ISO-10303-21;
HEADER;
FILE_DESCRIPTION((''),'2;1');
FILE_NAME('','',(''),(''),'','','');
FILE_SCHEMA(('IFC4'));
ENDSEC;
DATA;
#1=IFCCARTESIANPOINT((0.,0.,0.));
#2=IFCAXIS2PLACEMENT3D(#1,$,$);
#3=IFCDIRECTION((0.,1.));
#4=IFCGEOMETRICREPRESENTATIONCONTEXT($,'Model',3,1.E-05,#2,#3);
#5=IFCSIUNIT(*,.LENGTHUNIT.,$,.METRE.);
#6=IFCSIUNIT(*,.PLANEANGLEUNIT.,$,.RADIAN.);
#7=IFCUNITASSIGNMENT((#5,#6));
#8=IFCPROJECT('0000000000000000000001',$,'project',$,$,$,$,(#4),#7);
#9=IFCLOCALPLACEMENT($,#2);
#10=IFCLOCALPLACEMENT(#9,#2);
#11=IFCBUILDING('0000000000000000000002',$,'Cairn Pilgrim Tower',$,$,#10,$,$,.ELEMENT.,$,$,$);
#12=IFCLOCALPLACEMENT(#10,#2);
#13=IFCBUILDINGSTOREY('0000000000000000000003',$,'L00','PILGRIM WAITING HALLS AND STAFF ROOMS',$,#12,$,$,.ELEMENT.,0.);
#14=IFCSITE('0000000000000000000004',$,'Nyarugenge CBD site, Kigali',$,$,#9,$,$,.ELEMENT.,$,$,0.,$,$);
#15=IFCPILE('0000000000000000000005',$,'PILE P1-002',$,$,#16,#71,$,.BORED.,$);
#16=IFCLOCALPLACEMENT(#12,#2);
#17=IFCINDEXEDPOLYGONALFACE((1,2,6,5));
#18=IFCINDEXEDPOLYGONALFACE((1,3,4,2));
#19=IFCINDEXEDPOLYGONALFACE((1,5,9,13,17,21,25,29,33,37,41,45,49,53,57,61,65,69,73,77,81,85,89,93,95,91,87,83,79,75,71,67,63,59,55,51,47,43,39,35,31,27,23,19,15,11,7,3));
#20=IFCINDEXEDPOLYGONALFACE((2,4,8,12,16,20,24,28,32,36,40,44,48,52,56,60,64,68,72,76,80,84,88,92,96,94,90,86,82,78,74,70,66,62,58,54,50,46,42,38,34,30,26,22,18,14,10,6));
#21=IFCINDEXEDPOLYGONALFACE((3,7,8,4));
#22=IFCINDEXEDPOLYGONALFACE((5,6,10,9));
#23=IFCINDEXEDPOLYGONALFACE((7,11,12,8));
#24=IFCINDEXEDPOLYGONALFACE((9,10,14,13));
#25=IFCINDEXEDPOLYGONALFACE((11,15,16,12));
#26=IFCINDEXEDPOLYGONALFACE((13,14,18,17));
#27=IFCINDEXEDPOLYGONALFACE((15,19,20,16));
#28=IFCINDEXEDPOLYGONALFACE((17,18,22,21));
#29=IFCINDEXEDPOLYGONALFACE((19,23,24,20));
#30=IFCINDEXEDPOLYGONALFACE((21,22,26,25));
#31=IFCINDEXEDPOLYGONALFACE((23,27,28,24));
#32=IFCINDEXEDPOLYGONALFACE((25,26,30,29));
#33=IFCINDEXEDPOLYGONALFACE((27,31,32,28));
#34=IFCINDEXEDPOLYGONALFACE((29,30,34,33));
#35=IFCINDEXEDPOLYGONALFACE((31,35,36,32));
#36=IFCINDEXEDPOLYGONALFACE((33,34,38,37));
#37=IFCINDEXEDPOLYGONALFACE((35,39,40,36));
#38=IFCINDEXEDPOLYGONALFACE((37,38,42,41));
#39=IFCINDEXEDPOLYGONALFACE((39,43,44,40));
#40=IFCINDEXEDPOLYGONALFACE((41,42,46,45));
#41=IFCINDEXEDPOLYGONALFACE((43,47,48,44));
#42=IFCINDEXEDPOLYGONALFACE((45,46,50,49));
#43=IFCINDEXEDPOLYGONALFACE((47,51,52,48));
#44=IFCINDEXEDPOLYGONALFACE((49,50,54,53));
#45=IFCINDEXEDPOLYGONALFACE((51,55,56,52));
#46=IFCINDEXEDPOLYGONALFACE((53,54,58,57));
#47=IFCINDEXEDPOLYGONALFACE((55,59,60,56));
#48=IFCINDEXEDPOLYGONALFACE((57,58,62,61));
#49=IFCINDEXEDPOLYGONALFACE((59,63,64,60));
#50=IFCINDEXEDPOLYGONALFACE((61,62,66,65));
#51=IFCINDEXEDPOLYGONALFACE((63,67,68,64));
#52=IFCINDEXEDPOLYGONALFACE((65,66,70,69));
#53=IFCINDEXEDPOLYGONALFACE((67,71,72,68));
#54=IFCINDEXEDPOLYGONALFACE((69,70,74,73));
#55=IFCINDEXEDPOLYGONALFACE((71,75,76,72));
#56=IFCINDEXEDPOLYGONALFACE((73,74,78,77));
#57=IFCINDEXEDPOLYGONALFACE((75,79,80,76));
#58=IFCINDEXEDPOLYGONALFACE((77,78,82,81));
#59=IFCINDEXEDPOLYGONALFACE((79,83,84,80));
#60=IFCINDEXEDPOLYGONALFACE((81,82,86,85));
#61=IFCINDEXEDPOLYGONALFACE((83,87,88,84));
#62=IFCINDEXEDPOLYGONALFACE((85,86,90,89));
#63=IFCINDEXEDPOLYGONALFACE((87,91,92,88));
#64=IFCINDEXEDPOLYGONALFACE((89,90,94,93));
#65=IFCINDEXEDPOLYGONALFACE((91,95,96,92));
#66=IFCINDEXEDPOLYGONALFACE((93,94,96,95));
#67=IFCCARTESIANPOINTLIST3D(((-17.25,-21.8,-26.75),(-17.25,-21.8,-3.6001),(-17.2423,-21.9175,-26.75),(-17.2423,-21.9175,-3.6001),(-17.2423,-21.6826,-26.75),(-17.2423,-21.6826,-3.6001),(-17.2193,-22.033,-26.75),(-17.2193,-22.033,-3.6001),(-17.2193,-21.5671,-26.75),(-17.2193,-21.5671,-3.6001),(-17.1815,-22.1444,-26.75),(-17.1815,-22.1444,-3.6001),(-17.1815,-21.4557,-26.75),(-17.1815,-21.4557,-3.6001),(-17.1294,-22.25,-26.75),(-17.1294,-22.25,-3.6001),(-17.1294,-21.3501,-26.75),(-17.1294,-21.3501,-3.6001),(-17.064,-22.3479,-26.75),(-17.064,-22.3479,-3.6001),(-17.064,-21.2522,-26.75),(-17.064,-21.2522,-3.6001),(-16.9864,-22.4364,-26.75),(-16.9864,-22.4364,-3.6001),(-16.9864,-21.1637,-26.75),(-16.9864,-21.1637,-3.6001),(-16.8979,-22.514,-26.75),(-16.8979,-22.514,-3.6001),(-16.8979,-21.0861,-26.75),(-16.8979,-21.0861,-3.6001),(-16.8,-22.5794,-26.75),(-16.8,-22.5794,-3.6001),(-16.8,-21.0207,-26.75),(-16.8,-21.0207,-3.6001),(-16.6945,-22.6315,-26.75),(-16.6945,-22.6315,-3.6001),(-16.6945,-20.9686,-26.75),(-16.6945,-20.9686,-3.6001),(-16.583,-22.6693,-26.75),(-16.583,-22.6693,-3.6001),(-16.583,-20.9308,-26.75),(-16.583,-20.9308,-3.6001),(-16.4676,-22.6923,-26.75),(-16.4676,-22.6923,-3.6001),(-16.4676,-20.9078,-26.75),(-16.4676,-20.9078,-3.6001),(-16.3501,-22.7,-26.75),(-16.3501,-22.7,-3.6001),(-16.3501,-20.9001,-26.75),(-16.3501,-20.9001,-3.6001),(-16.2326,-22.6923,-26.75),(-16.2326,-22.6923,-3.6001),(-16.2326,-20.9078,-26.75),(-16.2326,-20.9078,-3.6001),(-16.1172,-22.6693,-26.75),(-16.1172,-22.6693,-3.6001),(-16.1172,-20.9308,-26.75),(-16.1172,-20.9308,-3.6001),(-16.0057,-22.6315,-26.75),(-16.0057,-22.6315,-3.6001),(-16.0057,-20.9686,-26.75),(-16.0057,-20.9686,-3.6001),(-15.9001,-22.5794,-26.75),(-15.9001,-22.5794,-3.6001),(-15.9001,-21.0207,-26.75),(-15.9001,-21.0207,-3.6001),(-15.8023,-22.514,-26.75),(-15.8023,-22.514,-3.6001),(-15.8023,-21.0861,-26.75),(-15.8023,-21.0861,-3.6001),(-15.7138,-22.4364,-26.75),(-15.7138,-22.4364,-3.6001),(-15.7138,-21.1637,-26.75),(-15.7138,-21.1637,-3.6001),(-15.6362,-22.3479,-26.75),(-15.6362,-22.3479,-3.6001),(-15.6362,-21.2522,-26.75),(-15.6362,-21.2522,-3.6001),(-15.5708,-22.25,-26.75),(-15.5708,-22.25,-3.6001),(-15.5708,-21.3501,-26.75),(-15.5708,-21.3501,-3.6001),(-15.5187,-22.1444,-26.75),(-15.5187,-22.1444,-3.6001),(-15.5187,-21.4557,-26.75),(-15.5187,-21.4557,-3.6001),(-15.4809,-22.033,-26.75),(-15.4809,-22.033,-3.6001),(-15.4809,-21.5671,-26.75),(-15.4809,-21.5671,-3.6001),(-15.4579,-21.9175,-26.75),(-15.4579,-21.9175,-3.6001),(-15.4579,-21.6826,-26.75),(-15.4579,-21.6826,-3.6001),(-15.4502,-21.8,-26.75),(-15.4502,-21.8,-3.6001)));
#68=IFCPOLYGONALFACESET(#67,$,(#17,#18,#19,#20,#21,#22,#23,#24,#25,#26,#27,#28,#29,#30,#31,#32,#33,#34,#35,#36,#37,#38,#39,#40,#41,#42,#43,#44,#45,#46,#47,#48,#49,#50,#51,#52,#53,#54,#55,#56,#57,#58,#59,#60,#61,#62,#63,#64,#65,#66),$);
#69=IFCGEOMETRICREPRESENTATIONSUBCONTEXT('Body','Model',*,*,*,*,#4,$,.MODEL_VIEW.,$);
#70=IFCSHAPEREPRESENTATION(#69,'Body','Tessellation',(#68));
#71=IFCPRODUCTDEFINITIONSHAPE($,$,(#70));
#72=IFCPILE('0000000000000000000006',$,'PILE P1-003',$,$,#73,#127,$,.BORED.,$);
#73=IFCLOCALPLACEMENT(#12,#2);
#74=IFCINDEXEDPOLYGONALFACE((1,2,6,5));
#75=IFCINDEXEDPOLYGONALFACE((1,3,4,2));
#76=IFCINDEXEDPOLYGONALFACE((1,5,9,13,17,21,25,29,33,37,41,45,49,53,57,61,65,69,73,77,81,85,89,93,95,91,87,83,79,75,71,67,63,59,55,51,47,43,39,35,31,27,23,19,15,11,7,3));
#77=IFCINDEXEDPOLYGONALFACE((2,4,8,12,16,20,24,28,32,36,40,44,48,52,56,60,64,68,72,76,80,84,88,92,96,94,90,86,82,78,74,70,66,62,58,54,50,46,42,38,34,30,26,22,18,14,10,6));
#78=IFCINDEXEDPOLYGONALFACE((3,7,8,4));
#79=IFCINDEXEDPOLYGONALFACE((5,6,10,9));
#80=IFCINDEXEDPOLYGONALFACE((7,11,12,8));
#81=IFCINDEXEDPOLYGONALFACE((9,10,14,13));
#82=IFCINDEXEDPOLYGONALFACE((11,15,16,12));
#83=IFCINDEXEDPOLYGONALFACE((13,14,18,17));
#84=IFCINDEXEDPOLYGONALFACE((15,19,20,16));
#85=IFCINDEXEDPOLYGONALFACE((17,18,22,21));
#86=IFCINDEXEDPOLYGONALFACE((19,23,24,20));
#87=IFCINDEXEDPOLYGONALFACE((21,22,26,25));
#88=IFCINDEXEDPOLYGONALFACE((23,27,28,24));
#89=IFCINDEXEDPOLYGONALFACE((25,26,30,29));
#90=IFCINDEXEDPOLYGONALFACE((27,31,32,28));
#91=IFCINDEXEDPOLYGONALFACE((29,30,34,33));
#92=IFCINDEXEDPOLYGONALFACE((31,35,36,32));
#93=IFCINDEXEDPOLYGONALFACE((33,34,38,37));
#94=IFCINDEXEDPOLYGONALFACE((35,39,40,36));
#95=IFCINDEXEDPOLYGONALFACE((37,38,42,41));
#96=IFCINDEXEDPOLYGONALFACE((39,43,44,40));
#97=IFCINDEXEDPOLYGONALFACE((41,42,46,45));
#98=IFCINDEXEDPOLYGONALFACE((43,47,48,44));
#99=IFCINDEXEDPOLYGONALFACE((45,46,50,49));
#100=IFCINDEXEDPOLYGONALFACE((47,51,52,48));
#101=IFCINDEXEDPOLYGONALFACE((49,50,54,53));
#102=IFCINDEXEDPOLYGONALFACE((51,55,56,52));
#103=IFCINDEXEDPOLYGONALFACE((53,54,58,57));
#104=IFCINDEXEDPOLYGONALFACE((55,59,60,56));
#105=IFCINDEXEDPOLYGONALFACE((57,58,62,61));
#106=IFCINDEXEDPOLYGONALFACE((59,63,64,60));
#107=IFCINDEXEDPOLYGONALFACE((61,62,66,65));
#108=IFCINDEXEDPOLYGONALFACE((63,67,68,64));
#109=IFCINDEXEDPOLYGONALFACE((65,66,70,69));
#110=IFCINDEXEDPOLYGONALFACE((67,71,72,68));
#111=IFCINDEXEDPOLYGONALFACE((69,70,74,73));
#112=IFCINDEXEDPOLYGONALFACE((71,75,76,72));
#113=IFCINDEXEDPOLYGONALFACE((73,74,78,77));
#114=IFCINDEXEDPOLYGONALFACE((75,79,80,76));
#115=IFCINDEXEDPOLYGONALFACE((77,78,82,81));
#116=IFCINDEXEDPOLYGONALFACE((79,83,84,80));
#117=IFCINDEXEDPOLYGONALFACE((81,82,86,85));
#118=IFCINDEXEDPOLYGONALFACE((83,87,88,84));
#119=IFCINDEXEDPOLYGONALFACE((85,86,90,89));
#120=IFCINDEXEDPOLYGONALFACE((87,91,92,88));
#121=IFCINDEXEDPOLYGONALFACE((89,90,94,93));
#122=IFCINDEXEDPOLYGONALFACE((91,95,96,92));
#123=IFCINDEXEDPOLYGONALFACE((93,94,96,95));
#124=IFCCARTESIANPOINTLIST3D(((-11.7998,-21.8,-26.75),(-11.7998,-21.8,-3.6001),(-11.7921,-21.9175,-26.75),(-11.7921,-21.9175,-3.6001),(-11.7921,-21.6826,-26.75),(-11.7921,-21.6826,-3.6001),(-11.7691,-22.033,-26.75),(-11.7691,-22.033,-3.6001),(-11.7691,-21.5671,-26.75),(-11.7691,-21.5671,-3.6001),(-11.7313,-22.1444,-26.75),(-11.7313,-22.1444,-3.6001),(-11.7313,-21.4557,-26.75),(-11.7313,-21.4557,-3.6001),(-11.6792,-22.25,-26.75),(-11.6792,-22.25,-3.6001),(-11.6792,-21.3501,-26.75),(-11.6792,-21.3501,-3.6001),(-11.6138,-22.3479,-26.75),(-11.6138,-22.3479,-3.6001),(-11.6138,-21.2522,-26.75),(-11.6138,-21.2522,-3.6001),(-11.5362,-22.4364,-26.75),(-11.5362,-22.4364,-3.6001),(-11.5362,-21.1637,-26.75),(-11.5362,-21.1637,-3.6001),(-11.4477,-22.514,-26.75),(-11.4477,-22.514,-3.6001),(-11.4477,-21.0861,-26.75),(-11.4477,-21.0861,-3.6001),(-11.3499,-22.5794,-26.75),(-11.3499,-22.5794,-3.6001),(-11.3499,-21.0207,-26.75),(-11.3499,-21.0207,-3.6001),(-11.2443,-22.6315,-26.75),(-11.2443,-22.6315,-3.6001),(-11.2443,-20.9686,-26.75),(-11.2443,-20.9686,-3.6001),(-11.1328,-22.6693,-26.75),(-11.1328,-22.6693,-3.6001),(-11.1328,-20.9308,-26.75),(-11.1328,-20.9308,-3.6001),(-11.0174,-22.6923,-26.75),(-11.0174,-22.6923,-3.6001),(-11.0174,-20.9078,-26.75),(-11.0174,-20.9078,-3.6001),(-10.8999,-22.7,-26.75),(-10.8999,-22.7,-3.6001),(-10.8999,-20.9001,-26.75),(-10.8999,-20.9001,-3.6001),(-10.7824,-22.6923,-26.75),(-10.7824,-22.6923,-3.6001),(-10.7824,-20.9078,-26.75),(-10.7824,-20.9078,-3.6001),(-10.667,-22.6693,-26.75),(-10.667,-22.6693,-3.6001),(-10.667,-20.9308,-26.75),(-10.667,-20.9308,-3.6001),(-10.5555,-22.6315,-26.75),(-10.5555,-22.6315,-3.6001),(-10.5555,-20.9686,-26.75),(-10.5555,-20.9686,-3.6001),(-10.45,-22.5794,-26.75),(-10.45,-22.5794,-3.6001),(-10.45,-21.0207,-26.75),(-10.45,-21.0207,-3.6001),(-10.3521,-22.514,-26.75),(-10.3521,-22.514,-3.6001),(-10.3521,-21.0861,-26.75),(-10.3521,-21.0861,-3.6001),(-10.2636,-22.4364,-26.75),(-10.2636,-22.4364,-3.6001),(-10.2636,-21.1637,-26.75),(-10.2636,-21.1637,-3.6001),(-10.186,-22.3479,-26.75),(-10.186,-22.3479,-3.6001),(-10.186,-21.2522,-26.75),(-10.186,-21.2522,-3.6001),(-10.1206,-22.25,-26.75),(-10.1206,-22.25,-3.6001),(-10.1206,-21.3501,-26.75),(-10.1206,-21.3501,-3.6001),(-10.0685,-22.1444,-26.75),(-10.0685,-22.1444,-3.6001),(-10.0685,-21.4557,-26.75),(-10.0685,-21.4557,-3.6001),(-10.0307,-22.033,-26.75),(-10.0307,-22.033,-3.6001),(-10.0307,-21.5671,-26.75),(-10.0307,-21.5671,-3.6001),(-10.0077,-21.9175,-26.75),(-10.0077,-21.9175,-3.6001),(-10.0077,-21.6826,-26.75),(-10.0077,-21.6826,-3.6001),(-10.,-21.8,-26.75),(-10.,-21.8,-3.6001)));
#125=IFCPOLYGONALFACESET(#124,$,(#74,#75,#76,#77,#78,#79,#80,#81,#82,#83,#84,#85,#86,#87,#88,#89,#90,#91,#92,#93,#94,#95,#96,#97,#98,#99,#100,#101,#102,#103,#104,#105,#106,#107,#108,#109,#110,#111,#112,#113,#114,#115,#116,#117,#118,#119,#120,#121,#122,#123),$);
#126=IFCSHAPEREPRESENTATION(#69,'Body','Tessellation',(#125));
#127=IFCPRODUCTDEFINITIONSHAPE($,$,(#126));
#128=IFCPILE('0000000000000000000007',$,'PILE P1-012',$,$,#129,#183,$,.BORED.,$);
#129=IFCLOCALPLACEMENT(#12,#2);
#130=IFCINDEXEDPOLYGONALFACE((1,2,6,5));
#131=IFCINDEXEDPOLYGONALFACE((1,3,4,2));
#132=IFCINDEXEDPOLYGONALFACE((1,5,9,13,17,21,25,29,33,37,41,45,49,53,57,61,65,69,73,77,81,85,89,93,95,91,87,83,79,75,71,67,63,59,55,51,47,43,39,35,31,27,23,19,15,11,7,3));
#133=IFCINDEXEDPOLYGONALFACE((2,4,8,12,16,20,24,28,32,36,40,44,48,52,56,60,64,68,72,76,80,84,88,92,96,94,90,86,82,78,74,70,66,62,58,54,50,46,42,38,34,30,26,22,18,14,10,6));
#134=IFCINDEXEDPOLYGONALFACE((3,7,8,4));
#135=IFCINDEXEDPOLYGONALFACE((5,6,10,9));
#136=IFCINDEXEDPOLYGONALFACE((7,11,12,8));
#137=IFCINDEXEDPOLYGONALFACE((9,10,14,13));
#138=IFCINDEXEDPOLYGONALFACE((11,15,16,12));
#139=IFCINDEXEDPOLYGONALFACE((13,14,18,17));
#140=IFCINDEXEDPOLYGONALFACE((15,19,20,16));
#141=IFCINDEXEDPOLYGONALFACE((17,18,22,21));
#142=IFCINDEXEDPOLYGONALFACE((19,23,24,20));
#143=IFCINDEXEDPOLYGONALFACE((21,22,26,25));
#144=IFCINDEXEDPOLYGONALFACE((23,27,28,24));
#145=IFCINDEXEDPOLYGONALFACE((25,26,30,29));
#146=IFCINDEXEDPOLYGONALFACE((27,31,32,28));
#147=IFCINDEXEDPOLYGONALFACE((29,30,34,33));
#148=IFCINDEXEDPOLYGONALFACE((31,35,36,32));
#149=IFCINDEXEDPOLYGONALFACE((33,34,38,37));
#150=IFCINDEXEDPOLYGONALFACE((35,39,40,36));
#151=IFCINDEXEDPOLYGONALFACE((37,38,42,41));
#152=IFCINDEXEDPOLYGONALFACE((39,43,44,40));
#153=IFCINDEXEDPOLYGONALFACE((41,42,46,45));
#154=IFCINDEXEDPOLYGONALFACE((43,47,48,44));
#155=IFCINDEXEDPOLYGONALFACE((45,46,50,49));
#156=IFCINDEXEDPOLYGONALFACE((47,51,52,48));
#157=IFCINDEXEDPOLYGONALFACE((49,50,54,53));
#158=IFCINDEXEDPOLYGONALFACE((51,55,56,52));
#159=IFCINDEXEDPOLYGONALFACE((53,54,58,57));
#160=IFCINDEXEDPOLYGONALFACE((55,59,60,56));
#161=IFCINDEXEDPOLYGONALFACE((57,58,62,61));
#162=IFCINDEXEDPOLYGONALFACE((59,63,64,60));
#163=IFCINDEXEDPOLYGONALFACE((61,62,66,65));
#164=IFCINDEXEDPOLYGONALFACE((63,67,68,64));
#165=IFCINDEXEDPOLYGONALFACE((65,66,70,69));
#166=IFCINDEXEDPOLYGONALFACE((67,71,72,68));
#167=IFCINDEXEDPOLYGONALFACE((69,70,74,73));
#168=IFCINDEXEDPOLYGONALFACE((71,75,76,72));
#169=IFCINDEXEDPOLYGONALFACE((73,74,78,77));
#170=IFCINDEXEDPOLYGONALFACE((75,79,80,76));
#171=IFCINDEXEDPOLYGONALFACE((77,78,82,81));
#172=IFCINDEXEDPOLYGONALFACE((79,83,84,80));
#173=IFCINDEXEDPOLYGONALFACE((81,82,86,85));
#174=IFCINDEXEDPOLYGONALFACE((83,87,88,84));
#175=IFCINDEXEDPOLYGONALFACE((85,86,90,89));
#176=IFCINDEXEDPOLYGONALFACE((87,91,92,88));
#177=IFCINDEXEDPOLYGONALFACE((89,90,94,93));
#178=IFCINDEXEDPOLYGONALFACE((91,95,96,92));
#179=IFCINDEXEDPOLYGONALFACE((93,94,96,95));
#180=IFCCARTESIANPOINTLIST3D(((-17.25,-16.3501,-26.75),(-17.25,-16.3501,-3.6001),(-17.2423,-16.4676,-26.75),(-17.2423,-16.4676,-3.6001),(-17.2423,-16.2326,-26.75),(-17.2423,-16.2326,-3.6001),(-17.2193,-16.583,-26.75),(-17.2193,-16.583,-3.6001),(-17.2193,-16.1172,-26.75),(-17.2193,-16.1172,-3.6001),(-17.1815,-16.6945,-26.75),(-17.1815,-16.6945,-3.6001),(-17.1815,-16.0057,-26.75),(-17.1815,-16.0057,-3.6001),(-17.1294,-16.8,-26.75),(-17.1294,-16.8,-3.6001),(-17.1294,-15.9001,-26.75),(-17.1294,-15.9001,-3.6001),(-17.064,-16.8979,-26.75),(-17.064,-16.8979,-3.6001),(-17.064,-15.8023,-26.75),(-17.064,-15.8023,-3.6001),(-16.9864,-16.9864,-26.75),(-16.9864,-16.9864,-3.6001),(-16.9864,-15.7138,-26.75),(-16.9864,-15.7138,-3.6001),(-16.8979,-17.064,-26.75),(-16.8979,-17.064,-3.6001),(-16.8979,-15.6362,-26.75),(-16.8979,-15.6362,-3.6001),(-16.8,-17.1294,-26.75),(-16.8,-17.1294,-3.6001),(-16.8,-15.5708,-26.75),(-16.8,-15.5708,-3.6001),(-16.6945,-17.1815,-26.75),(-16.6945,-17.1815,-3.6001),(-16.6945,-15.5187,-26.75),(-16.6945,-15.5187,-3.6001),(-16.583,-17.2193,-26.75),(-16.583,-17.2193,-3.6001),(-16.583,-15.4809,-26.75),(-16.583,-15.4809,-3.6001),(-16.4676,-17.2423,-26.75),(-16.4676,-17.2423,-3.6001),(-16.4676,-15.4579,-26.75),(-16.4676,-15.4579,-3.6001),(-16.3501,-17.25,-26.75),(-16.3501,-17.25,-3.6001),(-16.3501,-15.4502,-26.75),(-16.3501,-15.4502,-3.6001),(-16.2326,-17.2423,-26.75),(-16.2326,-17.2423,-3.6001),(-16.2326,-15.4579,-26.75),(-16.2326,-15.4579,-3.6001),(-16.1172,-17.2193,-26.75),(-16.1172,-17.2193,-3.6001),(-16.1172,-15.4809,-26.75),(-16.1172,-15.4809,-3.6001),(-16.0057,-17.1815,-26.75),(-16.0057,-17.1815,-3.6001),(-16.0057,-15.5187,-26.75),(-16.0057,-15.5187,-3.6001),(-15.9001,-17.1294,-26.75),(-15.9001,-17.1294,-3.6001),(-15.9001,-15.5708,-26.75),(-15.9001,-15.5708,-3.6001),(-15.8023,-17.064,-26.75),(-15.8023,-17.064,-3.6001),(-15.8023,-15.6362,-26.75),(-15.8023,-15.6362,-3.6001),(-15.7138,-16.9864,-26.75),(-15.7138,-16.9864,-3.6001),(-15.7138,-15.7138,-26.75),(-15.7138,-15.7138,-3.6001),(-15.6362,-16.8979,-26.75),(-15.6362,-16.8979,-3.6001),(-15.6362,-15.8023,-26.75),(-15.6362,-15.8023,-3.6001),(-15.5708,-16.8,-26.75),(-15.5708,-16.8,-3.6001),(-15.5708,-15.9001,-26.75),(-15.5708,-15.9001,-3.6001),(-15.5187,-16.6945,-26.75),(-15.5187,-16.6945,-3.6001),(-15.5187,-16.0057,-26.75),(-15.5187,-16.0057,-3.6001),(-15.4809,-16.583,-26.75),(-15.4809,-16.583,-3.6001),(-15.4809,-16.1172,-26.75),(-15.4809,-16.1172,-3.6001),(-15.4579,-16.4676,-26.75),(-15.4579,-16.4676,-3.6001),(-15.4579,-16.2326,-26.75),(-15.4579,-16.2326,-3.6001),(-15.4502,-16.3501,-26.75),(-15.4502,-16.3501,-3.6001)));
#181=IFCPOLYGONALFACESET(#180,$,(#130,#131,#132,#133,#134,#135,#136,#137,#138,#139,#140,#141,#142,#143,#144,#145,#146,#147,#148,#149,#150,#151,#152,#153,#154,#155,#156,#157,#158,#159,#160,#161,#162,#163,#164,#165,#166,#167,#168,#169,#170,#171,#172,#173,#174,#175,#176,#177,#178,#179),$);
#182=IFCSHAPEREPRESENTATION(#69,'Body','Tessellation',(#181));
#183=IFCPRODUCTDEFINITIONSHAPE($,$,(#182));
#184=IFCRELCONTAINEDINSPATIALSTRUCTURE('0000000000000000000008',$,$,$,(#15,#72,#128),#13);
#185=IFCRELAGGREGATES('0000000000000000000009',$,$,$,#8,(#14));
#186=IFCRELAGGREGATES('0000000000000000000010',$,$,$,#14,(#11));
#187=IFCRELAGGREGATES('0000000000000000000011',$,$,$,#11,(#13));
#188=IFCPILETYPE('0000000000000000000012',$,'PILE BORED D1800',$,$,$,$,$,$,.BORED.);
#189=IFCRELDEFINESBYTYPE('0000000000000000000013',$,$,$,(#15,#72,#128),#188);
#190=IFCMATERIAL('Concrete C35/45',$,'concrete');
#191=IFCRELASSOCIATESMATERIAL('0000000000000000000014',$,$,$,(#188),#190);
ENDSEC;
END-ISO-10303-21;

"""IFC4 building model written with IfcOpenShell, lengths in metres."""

from ifc_helpers import new_model, si_unit, direction, frame, origin, origin_2d, place, context, subcontext, project, spatial, circle, extrude, material, material_profile, profile_set, type_object, element, save


model = new_model("IFC4")

# Units and contexts
model_context = context("Model", 3, precision=1e-05, world=origin(), true_north=direction((0.0, 1.0)))
body_context = subcontext(model_context, "Body", "Model", "MODEL_VIEW")
ifc_project = project(units=[si_unit("LENGTHUNIT", "METRE"), si_unit("PLANEANGLEUNIT", "RADIAN")], contexts=[model_context])

# Site, building, storey
site_placement = place(None, origin())
site = spatial("IfcSite", under=ifc_project, at=site_placement, Name="Nyarugenge CBD site, Kigali", CompositionType="ELEMENT", RefElevation=0.0)
building_placement = place(site_placement, origin())
building = spatial("IfcBuilding", under=site, at=building_placement, Name="Cairn Pilgrim Tower", CompositionType="ELEMENT")
storey_placement = place(building_placement, origin())
storey = spatial("IfcBuildingStorey", under=building, at=storey_placement, Name="L00", Description="PILGRIM WAITING HALLS AND STAFF ROOMS", CompositionType="ELEMENT", Elevation=0.0)

# Piles
ifc_material_1 = material(Name="Concrete C35/45", Category="concrete")
ifc_material_profile_1 = material_profile(ifc_material_1, circle(Radius=0.8999, at=origin_2d()), Name="D1800")
ifc_profile_set_1 = profile_set([ifc_material_profile_1], Name="Concrete C35/45")
pile_type = type_object("IfcPileType", Name="PILE BORED D1800", PredefinedType="BORED", material=ifc_profile_set_1)
for number, where, z_axis, x_axis, name in (
    (1, (-16.3501, -21.8, -3.6001), (0.0, 0.0, -1.0), (1.0, 0.0, 0.0), "PILE P1-002"),
    (2, (-10.8999, -21.8, -3.6001), (0.0, 0.0, -1.0), (1.0, 0.0, 0.0), "PILE P1-003"),
    (3, (-16.3501, -16.3501, -3.6001), (0.0, 0.0, -1.0), (1.0, 0.0, 0.0), "PILE P1-012"),
):
    element("IfcPile", number, at=place(storey_placement, frame(where, z_axis=z_axis, x_axis=x_axis)), inside=storey, type_object=pile_type, Name=name, PredefinedType="BORED", context=body_context, shape_type="SweptSolid", body=[
        extrude(circle(Radius=0.8999, at=origin_2d()), origin(), (0.0, 0.0, 1.0), 23.1499),
    ])

save(model, "model.ifc")
